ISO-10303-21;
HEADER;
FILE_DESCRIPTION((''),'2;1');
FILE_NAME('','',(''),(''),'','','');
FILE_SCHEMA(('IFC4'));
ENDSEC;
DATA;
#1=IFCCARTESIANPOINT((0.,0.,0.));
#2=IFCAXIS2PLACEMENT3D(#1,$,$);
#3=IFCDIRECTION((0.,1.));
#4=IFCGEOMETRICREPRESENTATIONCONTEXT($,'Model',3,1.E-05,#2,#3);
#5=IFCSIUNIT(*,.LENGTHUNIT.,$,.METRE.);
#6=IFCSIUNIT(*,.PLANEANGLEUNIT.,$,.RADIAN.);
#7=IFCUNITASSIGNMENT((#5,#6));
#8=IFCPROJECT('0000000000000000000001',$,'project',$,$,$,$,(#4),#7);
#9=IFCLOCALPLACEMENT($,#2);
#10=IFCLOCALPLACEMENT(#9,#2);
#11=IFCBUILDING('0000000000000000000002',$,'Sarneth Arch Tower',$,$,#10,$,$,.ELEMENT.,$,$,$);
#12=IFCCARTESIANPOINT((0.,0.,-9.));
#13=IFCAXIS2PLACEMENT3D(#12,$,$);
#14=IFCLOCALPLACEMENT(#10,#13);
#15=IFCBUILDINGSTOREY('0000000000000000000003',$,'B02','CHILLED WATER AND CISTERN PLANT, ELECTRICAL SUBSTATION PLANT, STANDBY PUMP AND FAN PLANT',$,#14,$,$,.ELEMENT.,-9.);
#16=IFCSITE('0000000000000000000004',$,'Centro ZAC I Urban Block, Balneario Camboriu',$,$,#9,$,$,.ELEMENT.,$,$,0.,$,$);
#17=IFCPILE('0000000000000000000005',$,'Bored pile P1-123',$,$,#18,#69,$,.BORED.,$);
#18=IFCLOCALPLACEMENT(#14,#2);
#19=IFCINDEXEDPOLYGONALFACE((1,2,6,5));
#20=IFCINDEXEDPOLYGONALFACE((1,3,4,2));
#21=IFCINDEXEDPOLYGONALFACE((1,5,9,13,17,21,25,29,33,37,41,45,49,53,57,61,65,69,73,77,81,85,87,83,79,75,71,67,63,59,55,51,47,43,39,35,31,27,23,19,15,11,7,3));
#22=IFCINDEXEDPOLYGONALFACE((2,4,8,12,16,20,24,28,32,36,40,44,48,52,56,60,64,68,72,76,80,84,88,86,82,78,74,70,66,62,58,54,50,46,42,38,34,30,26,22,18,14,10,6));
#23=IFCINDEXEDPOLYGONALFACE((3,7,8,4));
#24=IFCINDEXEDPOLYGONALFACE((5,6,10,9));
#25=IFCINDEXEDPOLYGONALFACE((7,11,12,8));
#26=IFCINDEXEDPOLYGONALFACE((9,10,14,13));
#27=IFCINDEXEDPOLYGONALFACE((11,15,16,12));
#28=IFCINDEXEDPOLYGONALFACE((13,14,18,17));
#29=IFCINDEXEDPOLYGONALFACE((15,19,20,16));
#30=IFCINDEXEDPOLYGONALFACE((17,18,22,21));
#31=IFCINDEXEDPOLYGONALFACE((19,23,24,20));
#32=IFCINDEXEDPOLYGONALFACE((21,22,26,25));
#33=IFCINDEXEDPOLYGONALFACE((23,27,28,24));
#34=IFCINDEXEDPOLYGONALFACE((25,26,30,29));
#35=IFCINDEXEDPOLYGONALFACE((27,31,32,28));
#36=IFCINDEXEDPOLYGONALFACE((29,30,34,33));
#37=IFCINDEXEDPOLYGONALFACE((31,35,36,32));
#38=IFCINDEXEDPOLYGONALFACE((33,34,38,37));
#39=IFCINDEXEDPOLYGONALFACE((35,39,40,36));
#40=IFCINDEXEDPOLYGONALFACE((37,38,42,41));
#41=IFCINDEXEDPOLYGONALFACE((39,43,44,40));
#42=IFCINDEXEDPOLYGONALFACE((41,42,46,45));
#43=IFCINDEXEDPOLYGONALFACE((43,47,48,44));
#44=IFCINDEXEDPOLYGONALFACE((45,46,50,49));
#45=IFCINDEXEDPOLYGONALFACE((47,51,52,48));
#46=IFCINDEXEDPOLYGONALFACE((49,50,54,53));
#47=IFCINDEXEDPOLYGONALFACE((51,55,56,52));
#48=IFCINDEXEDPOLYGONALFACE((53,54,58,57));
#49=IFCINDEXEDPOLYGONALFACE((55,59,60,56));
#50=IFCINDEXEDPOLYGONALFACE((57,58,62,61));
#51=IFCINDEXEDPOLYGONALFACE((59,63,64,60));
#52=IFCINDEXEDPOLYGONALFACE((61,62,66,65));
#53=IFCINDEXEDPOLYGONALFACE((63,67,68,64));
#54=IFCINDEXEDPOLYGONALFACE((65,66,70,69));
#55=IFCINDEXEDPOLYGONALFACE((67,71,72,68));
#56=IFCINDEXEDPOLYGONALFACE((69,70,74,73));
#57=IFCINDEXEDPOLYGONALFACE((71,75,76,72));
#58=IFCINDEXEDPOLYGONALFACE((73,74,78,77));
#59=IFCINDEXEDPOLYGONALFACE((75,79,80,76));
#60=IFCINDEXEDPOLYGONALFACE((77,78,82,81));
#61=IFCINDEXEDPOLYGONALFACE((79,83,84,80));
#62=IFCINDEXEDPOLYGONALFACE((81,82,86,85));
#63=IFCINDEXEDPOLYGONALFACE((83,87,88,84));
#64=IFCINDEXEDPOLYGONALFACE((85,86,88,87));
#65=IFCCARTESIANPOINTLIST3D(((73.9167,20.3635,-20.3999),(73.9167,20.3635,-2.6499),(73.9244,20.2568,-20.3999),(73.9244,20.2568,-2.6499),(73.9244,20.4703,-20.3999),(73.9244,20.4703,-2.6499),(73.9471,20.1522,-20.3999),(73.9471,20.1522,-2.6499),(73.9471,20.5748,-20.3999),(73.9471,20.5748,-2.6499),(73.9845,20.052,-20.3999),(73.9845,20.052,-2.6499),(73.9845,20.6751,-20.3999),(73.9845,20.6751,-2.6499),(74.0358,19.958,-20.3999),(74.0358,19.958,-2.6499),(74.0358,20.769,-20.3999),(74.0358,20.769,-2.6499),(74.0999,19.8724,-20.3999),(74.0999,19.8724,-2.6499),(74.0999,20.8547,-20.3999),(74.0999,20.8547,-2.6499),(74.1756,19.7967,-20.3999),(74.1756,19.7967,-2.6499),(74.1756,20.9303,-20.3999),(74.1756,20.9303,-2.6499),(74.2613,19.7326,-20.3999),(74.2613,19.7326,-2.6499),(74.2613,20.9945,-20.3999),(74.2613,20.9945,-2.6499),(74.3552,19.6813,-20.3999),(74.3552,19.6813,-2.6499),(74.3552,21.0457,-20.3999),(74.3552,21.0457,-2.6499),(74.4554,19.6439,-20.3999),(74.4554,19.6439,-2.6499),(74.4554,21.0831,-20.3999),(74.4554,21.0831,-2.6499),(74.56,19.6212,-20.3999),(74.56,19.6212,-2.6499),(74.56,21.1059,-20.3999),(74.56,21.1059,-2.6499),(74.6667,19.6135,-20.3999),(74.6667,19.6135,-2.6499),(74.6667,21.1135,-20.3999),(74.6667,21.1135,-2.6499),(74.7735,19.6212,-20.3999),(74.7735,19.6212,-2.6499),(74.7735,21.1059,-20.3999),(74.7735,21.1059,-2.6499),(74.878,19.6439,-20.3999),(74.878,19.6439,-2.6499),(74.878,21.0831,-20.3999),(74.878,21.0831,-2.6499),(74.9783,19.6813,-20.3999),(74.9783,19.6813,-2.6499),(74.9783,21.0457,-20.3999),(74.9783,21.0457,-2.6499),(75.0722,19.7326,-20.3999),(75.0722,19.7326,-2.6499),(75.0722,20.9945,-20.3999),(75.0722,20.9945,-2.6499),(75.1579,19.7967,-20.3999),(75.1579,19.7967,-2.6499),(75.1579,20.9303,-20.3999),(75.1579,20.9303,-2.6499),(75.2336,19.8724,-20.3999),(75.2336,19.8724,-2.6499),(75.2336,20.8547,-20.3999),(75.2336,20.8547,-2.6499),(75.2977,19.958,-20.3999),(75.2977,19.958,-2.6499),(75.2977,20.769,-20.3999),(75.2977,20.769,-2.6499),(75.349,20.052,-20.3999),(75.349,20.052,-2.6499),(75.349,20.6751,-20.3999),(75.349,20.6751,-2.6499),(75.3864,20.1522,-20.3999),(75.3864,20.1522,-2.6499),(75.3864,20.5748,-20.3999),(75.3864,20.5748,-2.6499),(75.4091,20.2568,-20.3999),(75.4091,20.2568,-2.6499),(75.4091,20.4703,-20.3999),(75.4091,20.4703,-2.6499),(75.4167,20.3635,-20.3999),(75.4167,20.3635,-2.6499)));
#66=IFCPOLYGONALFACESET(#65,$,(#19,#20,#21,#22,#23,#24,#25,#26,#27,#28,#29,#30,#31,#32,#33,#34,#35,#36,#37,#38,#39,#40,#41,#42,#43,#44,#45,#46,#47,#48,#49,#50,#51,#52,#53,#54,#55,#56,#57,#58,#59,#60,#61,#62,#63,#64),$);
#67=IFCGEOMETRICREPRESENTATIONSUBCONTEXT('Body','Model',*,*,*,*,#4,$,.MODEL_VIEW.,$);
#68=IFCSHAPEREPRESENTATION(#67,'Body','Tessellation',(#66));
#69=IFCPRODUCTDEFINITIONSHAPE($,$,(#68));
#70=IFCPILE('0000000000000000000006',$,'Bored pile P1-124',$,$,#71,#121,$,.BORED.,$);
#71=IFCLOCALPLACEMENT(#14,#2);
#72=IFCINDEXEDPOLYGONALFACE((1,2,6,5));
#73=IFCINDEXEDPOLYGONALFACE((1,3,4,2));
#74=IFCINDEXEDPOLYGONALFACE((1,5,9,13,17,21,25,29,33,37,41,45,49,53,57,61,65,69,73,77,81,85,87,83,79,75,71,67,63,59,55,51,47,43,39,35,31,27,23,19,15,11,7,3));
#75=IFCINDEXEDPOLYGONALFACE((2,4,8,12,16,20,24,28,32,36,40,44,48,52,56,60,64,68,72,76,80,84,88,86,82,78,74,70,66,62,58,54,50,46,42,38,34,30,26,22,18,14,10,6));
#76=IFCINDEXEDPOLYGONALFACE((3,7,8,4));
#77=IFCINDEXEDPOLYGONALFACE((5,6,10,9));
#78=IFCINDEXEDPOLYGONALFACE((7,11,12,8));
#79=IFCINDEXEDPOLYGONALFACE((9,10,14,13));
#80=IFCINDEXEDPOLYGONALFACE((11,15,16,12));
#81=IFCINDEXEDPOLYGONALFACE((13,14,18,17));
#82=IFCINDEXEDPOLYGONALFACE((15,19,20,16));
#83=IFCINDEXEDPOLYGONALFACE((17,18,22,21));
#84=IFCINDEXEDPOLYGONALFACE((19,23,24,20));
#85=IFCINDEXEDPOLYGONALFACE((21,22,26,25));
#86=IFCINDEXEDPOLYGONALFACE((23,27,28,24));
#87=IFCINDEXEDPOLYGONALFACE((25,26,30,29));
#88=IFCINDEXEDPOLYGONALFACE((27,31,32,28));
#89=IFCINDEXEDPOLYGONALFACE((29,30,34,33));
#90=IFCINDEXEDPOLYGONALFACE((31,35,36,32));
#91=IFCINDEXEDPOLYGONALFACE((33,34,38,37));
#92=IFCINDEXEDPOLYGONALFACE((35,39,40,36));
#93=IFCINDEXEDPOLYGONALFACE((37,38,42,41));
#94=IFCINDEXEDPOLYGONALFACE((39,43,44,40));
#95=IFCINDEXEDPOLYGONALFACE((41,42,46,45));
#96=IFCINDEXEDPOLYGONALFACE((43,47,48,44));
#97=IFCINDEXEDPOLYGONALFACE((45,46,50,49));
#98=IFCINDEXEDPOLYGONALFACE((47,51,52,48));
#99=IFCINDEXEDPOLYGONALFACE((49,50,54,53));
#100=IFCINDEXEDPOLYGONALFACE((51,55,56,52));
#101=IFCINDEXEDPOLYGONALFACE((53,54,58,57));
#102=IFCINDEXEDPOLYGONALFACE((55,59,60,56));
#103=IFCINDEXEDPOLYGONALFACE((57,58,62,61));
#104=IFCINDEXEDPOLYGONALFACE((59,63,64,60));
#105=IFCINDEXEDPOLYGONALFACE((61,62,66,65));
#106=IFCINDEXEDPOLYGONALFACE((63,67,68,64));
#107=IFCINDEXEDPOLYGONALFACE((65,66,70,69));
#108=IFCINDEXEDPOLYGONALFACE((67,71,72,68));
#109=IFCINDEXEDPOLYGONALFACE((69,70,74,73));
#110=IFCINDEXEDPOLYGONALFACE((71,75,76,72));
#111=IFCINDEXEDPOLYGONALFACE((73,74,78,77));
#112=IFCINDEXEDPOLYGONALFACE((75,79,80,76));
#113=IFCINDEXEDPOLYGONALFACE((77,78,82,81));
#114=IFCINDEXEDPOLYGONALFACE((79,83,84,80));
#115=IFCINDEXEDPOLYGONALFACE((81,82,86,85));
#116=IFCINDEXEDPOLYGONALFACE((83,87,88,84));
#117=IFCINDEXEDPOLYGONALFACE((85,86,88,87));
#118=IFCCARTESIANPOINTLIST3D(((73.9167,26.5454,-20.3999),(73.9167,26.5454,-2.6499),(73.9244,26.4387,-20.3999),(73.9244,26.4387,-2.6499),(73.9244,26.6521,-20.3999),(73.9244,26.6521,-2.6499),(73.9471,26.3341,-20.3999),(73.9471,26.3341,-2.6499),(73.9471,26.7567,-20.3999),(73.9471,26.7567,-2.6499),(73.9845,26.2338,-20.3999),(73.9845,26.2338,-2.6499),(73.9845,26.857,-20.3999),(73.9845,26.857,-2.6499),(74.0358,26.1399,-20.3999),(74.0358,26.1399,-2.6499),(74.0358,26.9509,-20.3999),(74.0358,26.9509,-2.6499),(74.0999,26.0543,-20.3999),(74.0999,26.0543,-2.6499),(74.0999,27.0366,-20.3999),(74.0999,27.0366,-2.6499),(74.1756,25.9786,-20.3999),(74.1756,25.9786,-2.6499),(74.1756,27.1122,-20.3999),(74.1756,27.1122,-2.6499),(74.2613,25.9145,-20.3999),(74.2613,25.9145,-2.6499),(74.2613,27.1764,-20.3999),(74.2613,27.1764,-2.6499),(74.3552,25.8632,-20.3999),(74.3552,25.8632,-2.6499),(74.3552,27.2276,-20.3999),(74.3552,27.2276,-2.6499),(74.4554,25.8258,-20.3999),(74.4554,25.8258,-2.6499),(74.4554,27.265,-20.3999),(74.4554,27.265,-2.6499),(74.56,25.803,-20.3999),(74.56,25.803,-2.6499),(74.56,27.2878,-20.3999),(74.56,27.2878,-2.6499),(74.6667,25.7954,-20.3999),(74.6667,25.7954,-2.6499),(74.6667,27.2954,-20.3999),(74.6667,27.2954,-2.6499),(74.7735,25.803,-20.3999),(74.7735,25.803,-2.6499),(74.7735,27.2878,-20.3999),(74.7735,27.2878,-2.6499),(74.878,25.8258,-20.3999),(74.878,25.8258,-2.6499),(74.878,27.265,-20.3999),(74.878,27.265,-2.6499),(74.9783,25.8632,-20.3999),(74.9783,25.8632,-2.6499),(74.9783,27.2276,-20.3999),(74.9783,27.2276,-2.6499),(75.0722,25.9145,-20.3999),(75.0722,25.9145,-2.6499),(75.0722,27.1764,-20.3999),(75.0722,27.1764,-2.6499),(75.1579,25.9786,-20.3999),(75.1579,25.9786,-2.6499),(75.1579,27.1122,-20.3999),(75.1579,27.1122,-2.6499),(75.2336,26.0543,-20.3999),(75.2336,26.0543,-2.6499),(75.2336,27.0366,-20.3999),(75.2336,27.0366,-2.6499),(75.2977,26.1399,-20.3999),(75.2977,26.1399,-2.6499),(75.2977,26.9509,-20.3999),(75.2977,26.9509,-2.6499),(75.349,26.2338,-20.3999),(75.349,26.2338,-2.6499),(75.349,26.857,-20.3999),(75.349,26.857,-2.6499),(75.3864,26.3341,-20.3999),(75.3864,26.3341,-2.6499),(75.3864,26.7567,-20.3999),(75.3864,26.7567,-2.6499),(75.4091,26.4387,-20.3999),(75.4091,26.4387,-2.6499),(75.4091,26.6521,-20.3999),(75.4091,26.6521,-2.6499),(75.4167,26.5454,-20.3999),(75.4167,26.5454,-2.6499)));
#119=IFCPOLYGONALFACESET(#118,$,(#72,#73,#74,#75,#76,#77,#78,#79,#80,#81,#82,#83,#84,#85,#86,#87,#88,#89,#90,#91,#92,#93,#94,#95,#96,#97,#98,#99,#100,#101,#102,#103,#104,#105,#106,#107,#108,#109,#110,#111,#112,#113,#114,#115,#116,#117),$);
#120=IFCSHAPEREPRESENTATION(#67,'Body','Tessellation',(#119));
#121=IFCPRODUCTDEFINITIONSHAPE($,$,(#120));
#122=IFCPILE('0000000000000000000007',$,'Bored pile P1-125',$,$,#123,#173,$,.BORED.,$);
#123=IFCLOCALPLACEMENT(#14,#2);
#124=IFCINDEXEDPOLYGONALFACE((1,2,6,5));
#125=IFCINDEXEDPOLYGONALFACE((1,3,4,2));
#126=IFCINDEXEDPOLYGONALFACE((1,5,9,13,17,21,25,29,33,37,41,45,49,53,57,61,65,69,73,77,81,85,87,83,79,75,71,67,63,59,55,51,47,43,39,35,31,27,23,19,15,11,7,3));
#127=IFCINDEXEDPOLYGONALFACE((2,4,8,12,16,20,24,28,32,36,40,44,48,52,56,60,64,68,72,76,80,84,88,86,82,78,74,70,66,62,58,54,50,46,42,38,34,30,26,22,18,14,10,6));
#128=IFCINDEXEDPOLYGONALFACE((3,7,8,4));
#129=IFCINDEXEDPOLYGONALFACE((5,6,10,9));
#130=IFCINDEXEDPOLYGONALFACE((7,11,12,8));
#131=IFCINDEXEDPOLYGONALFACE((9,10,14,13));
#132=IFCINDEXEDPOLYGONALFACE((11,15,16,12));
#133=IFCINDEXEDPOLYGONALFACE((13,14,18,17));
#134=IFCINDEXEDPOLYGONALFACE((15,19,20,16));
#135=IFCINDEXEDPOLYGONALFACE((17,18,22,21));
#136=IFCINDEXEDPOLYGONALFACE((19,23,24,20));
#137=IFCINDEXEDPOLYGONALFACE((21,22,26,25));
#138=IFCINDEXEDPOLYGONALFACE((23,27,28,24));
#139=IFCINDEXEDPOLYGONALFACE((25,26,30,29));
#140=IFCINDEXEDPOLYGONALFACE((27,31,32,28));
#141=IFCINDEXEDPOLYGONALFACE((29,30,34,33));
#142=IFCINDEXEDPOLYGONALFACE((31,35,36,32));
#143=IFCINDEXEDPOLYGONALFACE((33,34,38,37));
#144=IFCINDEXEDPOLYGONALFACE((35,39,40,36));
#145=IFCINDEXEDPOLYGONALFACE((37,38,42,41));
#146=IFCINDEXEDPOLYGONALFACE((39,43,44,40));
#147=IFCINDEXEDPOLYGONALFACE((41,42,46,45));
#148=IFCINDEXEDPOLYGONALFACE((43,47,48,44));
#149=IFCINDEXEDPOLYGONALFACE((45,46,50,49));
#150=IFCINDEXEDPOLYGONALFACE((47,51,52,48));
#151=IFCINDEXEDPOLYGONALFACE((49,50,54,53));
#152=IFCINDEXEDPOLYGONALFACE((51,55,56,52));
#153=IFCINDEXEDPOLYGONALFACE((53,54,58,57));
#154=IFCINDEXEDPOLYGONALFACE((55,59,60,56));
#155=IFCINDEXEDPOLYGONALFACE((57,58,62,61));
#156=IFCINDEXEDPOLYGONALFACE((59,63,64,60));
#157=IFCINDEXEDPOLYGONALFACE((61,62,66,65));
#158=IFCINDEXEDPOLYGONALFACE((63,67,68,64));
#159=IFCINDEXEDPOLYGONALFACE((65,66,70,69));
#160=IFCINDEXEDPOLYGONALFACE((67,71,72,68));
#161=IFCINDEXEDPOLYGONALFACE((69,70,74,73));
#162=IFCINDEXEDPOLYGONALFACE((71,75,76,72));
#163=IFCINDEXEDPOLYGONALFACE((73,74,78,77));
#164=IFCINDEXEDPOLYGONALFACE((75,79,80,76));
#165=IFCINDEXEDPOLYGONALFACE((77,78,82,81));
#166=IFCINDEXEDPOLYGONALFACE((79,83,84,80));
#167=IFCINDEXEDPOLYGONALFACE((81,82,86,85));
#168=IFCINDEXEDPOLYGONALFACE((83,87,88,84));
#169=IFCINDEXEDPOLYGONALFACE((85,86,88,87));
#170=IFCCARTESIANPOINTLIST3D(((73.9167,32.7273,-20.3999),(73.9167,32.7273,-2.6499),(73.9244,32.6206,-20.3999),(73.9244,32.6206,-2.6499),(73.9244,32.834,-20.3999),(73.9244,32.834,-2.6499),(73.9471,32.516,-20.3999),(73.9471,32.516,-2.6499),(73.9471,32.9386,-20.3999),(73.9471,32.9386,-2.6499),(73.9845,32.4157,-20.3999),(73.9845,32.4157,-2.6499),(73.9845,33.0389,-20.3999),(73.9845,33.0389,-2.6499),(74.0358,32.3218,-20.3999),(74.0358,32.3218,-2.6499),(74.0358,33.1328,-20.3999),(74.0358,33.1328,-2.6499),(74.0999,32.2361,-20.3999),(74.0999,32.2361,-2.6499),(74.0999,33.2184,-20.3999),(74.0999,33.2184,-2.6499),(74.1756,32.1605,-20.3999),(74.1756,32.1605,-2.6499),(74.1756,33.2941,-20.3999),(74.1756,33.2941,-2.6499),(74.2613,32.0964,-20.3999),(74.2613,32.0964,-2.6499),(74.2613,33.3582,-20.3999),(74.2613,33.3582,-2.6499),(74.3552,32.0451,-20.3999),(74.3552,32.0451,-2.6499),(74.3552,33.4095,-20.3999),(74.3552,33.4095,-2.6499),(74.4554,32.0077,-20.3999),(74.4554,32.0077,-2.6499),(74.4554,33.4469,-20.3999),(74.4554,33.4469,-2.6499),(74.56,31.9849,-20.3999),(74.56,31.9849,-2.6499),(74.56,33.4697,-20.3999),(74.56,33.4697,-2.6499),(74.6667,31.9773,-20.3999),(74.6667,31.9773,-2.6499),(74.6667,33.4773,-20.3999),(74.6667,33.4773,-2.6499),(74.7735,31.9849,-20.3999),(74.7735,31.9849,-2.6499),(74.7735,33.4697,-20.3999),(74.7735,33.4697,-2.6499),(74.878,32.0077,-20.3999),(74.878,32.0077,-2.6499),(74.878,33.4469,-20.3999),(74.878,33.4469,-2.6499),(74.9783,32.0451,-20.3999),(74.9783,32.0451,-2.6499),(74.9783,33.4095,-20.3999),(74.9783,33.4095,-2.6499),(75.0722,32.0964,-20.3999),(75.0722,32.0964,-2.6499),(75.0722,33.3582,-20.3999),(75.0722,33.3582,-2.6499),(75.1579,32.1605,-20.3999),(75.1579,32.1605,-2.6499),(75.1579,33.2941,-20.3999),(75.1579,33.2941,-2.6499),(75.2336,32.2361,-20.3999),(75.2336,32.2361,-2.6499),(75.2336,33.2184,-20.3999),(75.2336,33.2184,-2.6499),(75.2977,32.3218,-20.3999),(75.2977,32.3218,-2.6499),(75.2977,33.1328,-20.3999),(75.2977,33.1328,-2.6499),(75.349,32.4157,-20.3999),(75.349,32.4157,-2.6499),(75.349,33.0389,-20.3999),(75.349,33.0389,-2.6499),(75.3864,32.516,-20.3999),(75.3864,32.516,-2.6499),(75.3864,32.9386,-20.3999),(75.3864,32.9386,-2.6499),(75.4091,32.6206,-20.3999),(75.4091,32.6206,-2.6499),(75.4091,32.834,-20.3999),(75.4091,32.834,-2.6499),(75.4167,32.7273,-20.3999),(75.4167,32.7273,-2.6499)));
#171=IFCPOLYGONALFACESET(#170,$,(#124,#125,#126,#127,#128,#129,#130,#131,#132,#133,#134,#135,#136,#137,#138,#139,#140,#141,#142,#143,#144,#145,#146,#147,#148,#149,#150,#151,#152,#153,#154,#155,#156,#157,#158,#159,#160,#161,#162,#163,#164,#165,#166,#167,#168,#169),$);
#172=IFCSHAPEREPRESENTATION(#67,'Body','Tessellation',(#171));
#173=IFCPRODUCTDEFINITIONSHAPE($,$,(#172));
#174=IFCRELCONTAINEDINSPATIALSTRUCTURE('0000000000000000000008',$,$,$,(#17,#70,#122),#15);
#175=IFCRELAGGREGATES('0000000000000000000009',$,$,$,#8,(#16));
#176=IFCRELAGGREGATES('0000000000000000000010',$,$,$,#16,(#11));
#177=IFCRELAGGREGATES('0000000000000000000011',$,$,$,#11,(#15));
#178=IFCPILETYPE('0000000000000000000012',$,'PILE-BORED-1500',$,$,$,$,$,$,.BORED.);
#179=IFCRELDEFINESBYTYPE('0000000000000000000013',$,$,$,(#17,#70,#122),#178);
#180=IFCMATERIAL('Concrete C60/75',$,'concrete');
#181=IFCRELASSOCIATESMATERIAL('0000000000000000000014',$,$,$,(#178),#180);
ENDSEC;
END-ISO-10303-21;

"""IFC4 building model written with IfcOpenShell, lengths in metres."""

from ifc_helpers import new_model, si_unit, direction, frame, origin, origin_2d, place, context, subcontext, project, spatial, circle, extrude, material, material_profile, profile_set, type_object, element, save


model = new_model("IFC4")

# Units and contexts
model_context = context("Model", 3, precision=1e-05, world=origin(), true_north=direction((0.0, 1.0)))
body_context = subcontext(model_context, "Body", "Model", "MODEL_VIEW")
ifc_project = project(units=[si_unit("LENGTHUNIT", "METRE"), si_unit("PLANEANGLEUNIT", "RADIAN")], contexts=[model_context])

# Site, building, storey
site_placement = place(None, origin())
site = spatial("IfcSite", under=ifc_project, at=site_placement, Name="Centro ZAC I Urban Block, Balneario Camboriu", CompositionType="ELEMENT", RefElevation=0.0)
building_placement = place(site_placement, origin())
building = spatial("IfcBuilding", under=site, at=building_placement, Name="Sarneth Arch Tower", CompositionType="ELEMENT")
storey_placement = place(building_placement, frame((0.0, 0.0, -9.0)))
storey = spatial("IfcBuildingStorey", under=building, at=storey_placement, Name="B02", Description="CHILLED WATER AND CISTERN PLANT, ELECTRICAL SUBSTATION PLANT, STANDBY PUMP AND FAN PLANT", CompositionType="ELEMENT", Elevation=-9.0)

# Piles
ifc_material_1 = material(Name="Concrete C60/75", Category="concrete")
ifc_material_profile_1 = material_profile(ifc_material_1, circle(Radius=0.75, at=origin_2d()), Name="PILE-D1500")
ifc_profile_set_1 = profile_set([ifc_material_profile_1], Name="Concrete C60/75")
pile_type_1 = type_object("IfcPileType", Name="PILE-BORED-1500", PredefinedType="BORED", material=ifc_profile_set_1)
for number, where, z_axis, x_axis, name in (
    (1, (74.6667, 20.3635, -2.6499), (0.0, 0.0, -1.0), (1.0, 0.0, 0.0), "Bored pile P1-123"),
    (2, (74.6667, 26.5454, -2.6499), (0.0, 0.0, -1.0), (1.0, 0.0, 0.0), "Bored pile P1-124"),
    (3, (74.6667, 32.7273, -2.6499), (0.0, 0.0, -1.0), (1.0, 0.0, 0.0), "Bored pile P1-125"),
):
    element("IfcPile", number, at=place(storey_placement, frame(where, z_axis=z_axis, x_axis=x_axis)), inside=storey, type_object=pile_type_1, Name=name, PredefinedType="BORED", context=body_context, shape_type="SweptSolid", body=[
        extrude(circle(Radius=0.75, at=origin_2d()), origin(), (0.0, 0.0, 1.0), 17.75),
    ])

save(model, "model.ifc")
